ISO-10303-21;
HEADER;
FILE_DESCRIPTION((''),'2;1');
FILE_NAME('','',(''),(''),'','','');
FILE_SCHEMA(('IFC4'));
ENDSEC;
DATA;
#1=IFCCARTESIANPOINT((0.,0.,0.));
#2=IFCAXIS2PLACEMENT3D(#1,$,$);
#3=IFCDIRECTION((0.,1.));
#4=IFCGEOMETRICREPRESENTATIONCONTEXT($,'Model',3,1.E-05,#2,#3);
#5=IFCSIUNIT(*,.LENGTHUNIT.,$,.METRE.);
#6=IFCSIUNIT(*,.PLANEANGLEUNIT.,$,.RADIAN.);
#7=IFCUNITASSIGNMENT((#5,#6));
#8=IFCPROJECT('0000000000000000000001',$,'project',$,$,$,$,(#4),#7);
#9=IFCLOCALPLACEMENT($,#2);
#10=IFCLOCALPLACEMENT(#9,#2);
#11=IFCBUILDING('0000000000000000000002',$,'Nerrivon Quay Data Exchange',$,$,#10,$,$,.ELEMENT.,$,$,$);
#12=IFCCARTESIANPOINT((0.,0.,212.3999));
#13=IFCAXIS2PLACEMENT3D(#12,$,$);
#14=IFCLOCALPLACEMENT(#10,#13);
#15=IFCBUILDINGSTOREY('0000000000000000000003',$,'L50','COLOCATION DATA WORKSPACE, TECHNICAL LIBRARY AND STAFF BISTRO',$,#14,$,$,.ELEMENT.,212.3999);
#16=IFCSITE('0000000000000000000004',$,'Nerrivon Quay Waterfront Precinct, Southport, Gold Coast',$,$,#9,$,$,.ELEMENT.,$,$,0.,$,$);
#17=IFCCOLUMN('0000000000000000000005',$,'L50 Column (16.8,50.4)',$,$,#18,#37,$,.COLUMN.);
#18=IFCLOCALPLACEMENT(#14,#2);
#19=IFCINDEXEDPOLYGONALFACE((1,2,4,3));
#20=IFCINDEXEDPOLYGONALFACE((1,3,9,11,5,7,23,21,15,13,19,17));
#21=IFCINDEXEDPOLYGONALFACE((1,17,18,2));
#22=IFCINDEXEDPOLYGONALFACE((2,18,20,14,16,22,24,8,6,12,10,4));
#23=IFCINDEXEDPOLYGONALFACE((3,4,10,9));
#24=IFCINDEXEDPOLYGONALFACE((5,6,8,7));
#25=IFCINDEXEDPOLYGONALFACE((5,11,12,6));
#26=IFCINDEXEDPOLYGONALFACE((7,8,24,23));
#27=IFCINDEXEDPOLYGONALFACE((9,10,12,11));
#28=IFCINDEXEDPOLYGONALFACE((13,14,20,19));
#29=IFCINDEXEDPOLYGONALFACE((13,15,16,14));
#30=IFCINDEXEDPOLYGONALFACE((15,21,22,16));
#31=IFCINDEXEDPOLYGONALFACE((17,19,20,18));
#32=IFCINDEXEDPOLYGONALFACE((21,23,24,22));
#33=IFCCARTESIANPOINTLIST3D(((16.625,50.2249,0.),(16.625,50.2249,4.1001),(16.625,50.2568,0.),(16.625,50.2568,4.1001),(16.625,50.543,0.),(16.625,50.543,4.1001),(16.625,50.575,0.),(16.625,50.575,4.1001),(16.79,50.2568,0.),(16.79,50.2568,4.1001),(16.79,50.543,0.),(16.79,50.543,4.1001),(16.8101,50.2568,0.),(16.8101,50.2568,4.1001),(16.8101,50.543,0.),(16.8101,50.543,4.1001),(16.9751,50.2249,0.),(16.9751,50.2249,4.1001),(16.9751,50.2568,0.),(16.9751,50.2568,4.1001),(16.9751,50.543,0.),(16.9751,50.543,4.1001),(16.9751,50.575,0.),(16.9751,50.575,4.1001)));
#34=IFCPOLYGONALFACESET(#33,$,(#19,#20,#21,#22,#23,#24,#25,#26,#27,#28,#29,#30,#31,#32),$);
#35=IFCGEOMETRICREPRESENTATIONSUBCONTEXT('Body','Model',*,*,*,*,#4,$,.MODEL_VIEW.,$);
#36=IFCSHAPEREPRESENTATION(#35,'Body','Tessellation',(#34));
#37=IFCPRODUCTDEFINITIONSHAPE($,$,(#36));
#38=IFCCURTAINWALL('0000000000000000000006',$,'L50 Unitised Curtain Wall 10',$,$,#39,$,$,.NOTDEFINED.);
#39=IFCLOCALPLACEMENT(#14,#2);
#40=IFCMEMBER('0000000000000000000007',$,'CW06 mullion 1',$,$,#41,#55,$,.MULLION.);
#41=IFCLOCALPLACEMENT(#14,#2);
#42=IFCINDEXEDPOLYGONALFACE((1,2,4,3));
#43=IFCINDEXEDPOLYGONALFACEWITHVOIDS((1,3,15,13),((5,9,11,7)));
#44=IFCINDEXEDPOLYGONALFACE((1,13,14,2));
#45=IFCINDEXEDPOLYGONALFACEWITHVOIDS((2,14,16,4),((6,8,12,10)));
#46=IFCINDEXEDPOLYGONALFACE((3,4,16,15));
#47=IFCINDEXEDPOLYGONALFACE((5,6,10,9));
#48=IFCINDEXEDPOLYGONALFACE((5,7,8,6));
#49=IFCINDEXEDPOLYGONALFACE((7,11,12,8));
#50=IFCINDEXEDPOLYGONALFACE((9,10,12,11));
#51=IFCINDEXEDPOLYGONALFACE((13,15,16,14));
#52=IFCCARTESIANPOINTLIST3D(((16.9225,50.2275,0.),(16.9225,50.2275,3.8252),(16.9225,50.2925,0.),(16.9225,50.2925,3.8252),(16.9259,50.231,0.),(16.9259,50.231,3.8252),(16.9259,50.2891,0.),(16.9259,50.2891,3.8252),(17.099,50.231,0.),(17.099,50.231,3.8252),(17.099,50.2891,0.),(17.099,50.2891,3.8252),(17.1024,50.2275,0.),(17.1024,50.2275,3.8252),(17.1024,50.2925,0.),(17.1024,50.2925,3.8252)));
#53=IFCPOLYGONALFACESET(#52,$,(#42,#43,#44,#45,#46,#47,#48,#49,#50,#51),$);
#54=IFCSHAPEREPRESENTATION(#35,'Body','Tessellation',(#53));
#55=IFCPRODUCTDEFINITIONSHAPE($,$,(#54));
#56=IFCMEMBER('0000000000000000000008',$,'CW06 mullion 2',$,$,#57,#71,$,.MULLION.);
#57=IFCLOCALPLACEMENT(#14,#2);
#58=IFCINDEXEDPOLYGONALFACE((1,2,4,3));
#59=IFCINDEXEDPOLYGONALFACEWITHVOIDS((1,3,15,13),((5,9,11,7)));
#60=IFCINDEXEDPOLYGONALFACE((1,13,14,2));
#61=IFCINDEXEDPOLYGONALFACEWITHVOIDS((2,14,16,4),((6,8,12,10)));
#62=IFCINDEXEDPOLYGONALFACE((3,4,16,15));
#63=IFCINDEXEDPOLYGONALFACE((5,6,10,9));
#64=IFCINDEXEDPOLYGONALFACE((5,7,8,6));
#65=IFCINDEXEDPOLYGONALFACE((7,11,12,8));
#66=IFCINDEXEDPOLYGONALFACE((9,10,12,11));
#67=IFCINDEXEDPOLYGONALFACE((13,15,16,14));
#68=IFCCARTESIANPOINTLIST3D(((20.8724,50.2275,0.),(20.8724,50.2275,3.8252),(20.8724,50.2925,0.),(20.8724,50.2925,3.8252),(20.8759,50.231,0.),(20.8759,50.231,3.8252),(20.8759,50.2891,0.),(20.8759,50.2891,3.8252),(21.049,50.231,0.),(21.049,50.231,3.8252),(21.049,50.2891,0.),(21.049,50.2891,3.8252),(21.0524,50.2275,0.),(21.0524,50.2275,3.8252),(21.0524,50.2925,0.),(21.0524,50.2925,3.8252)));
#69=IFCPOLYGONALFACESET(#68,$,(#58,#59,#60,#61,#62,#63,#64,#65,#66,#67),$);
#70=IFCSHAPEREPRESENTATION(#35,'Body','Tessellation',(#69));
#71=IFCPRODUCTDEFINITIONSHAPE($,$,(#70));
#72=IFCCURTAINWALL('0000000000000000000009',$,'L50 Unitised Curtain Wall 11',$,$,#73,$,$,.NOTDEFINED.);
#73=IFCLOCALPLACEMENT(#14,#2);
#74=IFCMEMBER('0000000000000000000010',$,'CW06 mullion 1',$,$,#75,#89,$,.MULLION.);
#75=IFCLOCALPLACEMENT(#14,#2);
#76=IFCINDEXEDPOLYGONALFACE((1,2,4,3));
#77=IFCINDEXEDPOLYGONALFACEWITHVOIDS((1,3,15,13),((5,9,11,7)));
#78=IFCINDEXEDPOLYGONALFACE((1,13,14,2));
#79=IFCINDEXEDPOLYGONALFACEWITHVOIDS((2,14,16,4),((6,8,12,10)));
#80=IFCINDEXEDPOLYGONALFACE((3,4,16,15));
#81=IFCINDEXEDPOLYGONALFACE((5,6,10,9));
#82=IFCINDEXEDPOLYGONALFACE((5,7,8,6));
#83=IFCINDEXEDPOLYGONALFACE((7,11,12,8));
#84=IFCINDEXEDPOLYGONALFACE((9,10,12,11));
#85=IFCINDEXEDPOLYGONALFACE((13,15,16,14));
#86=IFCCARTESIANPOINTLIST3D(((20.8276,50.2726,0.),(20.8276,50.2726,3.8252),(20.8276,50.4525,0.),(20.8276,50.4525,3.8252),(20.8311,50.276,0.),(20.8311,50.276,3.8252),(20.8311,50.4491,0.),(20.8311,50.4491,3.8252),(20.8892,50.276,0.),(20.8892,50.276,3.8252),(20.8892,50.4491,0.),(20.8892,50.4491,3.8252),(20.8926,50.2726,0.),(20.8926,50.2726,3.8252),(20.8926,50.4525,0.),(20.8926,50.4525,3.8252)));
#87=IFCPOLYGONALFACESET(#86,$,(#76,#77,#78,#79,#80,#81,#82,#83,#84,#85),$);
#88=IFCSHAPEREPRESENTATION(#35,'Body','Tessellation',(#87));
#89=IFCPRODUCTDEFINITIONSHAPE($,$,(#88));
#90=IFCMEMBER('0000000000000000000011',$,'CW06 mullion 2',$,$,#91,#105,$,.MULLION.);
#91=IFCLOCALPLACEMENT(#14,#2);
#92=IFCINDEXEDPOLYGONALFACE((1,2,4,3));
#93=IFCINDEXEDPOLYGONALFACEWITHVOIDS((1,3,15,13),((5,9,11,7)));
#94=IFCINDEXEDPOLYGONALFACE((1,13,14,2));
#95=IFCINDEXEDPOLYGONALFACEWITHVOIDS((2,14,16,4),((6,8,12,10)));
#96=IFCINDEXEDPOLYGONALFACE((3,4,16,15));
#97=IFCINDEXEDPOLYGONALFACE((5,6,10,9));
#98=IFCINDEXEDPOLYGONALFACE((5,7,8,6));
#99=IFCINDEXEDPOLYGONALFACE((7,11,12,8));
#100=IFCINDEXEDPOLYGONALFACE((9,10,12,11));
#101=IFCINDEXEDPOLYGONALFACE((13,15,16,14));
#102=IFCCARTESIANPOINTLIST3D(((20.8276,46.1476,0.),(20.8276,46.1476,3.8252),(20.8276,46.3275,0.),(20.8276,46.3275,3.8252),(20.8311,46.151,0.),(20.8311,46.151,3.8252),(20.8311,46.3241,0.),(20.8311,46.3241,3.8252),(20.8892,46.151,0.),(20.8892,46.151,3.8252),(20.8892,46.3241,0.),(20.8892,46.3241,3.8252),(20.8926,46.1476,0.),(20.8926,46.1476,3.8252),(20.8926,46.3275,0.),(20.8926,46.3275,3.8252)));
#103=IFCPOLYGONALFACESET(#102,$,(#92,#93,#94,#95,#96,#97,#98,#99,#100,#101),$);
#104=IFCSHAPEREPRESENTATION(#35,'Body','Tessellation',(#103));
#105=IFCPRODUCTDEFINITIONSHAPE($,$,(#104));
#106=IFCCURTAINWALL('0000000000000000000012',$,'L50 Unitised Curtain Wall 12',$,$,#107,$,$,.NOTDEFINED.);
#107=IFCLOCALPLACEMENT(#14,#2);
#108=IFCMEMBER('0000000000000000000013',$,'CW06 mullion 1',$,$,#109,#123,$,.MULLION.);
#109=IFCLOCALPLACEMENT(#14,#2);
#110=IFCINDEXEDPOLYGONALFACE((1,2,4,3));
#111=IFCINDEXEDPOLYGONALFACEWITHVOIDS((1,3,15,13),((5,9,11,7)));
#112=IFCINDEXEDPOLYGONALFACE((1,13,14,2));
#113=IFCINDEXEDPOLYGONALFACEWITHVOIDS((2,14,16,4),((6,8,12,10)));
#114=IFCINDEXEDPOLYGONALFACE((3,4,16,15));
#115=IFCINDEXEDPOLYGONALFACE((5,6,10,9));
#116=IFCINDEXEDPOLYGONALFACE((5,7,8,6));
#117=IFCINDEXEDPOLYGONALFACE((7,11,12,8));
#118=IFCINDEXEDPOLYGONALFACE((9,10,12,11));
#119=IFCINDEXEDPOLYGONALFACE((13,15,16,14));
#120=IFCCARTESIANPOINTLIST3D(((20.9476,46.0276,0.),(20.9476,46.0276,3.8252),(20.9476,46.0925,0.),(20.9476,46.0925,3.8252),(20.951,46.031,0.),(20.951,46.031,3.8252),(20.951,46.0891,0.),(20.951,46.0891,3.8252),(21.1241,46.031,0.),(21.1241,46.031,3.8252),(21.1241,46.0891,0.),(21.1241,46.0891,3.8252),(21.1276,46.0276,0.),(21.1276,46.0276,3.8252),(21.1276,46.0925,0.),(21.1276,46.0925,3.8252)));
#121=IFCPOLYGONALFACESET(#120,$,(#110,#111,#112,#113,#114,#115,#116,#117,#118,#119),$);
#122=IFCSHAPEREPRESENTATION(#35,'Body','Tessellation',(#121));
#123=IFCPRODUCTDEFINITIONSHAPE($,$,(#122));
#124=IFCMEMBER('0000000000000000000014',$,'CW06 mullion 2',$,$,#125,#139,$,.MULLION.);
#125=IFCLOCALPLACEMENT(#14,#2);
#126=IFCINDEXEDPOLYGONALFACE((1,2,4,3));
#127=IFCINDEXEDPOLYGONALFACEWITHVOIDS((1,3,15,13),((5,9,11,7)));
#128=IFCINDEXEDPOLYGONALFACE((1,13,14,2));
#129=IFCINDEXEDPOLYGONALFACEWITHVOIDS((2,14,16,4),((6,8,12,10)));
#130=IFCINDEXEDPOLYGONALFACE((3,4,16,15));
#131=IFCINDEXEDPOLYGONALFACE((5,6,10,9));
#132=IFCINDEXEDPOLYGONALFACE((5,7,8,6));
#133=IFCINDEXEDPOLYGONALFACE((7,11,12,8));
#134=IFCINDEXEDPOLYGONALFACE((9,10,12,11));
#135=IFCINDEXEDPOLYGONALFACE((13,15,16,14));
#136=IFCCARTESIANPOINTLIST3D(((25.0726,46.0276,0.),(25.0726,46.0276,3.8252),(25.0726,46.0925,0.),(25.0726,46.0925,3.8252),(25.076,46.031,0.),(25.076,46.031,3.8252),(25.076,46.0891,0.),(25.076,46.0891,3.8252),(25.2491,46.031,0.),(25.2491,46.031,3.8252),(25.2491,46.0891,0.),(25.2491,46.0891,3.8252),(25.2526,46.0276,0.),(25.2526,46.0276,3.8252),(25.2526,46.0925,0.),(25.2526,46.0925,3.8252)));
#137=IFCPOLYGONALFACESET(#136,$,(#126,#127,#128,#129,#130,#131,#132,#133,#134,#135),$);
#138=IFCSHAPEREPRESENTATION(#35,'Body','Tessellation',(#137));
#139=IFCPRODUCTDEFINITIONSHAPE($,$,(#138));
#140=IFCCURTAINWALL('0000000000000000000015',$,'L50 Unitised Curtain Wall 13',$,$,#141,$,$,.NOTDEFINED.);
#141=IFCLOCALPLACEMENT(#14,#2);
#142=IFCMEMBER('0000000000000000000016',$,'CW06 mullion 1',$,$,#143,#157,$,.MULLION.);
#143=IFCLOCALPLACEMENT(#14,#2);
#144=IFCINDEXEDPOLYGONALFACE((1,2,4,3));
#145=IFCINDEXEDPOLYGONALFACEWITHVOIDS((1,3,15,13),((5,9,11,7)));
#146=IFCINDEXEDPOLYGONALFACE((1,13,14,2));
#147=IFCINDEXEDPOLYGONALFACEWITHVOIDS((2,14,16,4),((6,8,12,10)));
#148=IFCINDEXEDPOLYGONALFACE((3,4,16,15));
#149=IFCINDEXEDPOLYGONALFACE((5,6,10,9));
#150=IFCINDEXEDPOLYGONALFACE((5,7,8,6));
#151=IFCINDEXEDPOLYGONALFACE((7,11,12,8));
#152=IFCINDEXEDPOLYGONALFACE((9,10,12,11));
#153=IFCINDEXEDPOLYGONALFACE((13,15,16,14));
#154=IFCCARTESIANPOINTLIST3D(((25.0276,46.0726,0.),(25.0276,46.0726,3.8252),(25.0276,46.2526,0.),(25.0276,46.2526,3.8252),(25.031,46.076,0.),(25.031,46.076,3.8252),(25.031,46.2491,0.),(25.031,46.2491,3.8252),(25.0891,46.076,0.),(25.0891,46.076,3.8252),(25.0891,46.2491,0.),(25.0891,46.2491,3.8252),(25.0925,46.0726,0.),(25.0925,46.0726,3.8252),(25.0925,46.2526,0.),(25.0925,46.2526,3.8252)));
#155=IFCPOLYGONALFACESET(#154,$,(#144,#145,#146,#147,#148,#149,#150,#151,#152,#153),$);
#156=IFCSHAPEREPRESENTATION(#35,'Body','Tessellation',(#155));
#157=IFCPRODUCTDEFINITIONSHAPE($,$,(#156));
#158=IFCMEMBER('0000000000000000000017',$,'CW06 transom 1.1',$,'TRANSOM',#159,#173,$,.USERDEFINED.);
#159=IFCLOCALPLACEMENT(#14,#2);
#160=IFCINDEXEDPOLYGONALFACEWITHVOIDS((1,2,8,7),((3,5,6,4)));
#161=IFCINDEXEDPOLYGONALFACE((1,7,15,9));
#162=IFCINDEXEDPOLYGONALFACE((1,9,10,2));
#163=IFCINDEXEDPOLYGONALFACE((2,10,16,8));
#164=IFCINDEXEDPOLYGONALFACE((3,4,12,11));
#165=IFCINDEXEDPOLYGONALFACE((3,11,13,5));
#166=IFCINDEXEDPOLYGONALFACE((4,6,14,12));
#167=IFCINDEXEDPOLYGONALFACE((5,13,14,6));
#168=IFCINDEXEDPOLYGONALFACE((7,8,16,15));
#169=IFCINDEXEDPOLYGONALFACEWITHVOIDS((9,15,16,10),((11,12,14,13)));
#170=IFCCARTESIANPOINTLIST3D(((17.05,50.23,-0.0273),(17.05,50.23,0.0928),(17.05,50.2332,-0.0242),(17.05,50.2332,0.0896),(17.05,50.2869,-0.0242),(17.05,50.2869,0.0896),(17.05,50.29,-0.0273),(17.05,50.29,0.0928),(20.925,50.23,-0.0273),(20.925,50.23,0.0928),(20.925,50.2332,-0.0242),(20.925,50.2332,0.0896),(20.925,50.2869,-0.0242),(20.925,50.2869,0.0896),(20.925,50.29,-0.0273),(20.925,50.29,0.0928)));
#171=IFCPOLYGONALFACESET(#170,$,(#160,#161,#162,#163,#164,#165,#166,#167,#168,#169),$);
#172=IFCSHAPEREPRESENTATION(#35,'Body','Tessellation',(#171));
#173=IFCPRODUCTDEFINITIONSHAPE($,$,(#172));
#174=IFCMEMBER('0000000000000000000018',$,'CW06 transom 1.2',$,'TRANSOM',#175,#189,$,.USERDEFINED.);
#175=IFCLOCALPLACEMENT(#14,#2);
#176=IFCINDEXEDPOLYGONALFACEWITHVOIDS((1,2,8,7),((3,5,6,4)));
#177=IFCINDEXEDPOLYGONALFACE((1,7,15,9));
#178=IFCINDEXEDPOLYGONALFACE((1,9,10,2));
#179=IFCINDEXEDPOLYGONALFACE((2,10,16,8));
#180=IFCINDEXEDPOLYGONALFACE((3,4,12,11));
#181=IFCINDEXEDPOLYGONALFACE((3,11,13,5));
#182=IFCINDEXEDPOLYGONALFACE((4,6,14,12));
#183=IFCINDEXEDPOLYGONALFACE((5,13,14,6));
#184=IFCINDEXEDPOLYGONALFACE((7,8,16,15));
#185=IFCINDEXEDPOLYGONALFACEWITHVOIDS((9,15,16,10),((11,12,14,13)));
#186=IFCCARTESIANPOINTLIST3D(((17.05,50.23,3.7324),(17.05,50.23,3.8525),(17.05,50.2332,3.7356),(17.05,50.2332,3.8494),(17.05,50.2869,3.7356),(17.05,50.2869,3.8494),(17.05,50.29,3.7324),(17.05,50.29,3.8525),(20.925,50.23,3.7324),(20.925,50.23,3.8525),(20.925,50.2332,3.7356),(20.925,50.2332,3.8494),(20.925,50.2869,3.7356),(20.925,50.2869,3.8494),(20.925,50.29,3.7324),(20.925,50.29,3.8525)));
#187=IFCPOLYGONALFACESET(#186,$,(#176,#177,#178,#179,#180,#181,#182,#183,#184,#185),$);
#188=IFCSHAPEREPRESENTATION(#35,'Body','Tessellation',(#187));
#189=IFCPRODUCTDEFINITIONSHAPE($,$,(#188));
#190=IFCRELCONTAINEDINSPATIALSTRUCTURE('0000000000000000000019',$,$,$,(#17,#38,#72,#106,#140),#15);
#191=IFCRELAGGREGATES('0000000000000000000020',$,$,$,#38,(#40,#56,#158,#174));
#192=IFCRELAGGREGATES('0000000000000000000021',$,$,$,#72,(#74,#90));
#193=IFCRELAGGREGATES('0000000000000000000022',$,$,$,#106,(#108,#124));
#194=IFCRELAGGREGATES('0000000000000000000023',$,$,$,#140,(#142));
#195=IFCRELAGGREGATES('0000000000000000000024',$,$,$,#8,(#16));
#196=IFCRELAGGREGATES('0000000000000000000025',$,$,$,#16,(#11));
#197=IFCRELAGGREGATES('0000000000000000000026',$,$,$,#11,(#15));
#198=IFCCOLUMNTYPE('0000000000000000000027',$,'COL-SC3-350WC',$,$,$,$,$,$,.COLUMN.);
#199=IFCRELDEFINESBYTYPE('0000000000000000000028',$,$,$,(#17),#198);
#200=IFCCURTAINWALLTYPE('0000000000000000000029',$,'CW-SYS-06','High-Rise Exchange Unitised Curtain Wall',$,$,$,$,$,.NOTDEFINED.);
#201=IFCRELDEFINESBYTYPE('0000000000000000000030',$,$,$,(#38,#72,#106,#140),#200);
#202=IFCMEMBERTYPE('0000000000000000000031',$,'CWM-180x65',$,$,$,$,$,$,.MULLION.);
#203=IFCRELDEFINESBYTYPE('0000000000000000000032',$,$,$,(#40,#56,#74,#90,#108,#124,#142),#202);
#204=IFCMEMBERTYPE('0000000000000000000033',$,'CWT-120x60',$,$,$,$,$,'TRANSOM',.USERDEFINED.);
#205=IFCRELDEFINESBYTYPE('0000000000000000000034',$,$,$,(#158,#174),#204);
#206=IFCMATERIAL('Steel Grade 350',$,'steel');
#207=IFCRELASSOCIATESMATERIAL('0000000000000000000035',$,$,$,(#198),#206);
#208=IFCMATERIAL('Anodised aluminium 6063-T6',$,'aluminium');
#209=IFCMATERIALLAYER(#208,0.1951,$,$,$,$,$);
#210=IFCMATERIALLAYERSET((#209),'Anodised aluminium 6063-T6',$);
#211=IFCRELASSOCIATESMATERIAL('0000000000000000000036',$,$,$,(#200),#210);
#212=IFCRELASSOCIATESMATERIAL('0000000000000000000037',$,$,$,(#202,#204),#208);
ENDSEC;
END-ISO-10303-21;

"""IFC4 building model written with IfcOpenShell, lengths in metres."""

from ifc_helpers import new_model, si_unit, direction, frame, origin, origin_2d, place, context, subcontext, project, spatial, hollow_rectangle, i_section, extrude, material, layer, layer_set, material_profile, profile_set, type_object, element, aggregate, save


model = new_model("IFC4")

# Units and contexts
model_context = context("Model", 3, precision=1e-05, world=origin(), true_north=direction((0.0, 1.0)))
body_context = subcontext(model_context, "Body", "Model", "MODEL_VIEW")
ifc_project = project(units=[si_unit("LENGTHUNIT", "METRE"), si_unit("PLANEANGLEUNIT", "RADIAN")], contexts=[model_context])

# Site, building, storey
site_placement = place(None, origin())
site = spatial("IfcSite", under=ifc_project, at=site_placement, Name="Nerrivon Quay Waterfront Precinct, Southport, Gold Coast", CompositionType="ELEMENT", RefElevation=0.0)
building_placement = place(site_placement, origin())
building = spatial("IfcBuilding", under=site, at=building_placement, Name="Nerrivon Quay Data Exchange", CompositionType="ELEMENT")
storey_placement = place(building_placement, frame((0.0, 0.0, 212.3999)))
storey = spatial("IfcBuildingStorey", under=building, at=storey_placement, Name="L50", Description="COLOCATION DATA WORKSPACE, TECHNICAL LIBRARY AND STAFF BISTRO", CompositionType="ELEMENT", Elevation=212.3999)

# Column
ifc_material_1 = material(Name="Steel Grade 350", Category="steel")
ifc_material_profile_1 = material_profile(ifc_material_1, i_section(OverallWidth=0.3501, OverallDepth=0.3501, WebThickness=0.02, FlangeThickness=0.032, at=origin_2d()), Name="350WC230")
ifc_profile_set_1 = profile_set([ifc_material_profile_1], Name="Steel Grade 350")
column_type = type_object("IfcColumnType", Name="COL-SC3-350WC", PredefinedType="COLUMN", material=ifc_profile_set_1)
column_placement = place(storey_placement, frame((16.8, 50.3999, 0.0), z_axis=(0.0, 0.0, 1.0), x_axis=(1.0, 0.0, 0.0)))
element("IfcColumn", 1, at=column_placement, inside=storey, type_object=column_type, Name="L50 Column (16.8,50.4)", PredefinedType="COLUMN", context=body_context, shape_type="SweptSolid", body=[
    extrude(i_section(OverallWidth=0.3501, OverallDepth=0.3501, WebThickness=0.02, FlangeThickness=0.032, at=origin_2d()), origin(), (0.0, 0.0, 1.0), 4.1001),
])

# Curtain walls, members
ifc_material_2 = material(Name="Anodised aluminium 6063-T6", Category="aluminium")
ifc_layer_1 = layer(ifc_material_2, 0.1951)
ifc_layer_set_1 = layer_set([ifc_layer_1], Name="Anodised aluminium 6063-T6")
curtain_wall_type = type_object("IfcCurtainWallType", Name="CW-SYS-06", Description="High-Rise Exchange Unitised Curtain Wall", PredefinedType="NOTDEFINED", material=ifc_layer_set_1)
curtain_wall_1_placement = place(storey_placement, origin())
curtain_wall_1 = element("IfcCurtainWall", 2, at=curtain_wall_1_placement, inside=storey, type_object=curtain_wall_type, Name="L50 Unitised Curtain Wall 10", PredefinedType="NOTDEFINED")
ifc_material_profile_2 = material_profile(ifc_material_2, hollow_rectangle(XDim=0.0649, YDim=0.1799, WallThickness=0.0034, at=origin_2d()), Name="ALU-MULL-180x65")
ifc_profile_set_2 = profile_set([ifc_material_profile_2], Name="Anodised aluminium 6063-T6")
member_type_1 = type_object("IfcMemberType", Name="CWM-180x65", PredefinedType="MULLION", material=ifc_profile_set_2)
member_1_placement = place(storey_placement, frame((17.0125, 50.26, 0.0), z_axis=(0.0, 0.0, 1.0), x_axis=(0.0, 1.0, 0.0)))
member_1 = element("IfcMember", 3, at=member_1_placement, type_object=member_type_1, Name="CW06 mullion 1", PredefinedType="MULLION", context=body_context, shape_type="SweptSolid", body=[
    extrude(hollow_rectangle(XDim=0.0649, YDim=0.1799, WallThickness=0.0034, at=origin_2d()), origin(), (0.0, 0.0, 1.0), 3.8252),
])
member_2_placement = place(storey_placement, frame((20.9624, 50.26, 0.0), z_axis=(0.0, 0.0, 1.0), x_axis=(0.0, 1.0, 0.0)))
member_2 = element("IfcMember", 4, at=member_2_placement, type_object=member_type_1, Name="CW06 mullion 2", PredefinedType="MULLION", context=body_context, shape_type="SweptSolid", body=[
    extrude(hollow_rectangle(XDim=0.0649, YDim=0.1799, WallThickness=0.0034, at=origin_2d()), origin(), (0.0, 0.0, 1.0), 3.8252),
])
curtain_wall_2_placement = place(storey_placement, origin())
curtain_wall_2 = element("IfcCurtainWall", 5, at=curtain_wall_2_placement, inside=storey, type_object=curtain_wall_type, Name="L50 Unitised Curtain Wall 11", PredefinedType="NOTDEFINED")
member_3_placement = place(storey_placement, frame((20.8601, 50.3625, 0.0), z_axis=(0.0, 0.0, 1.0), x_axis=(1.0, 0.0, 0.0)))
member_3 = element("IfcMember", 6, at=member_3_placement, type_object=member_type_1, Name="CW06 mullion 1", PredefinedType="MULLION", context=body_context, shape_type="SweptSolid", body=[
    extrude(hollow_rectangle(XDim=0.0649, YDim=0.1799, WallThickness=0.0034, at=origin_2d()), origin(), (0.0, 0.0, 1.0), 3.8252),
])
member_4_placement = place(storey_placement, frame((20.8601, 46.2375, 0.0), z_axis=(0.0, 0.0, 1.0), x_axis=(1.0, 0.0, 0.0)))
member_4 = element("IfcMember", 7, at=member_4_placement, type_object=member_type_1, Name="CW06 mullion 2", PredefinedType="MULLION", context=body_context, shape_type="SweptSolid", body=[
    extrude(hollow_rectangle(XDim=0.0649, YDim=0.1799, WallThickness=0.0034, at=origin_2d()), origin(), (0.0, 0.0, 1.0), 3.8252),
])
curtain_wall_3_placement = place(storey_placement, origin())
curtain_wall_3 = element("IfcCurtainWall", 8, at=curtain_wall_3_placement, inside=storey, type_object=curtain_wall_type, Name="L50 Unitised Curtain Wall 12", PredefinedType="NOTDEFINED")
member_5_placement = place(storey_placement, frame((21.0376, 46.0601, 0.0), z_axis=(0.0, 0.0, 1.0), x_axis=(0.0, 1.0, 0.0)))
member_5 = element("IfcMember", 9, at=member_5_placement, type_object=member_type_1, Name="CW06 mullion 1", PredefinedType="MULLION", context=body_context, shape_type="SweptSolid", body=[
    extrude(hollow_rectangle(XDim=0.0649, YDim=0.1799, WallThickness=0.0034, at=origin_2d()), origin(), (0.0, 0.0, 1.0), 3.8252),
])
member_6_placement = place(storey_placement, frame((25.1626, 46.0601, 0.0), z_axis=(0.0, 0.0, 1.0), x_axis=(0.0, 1.0, 0.0)))
member_6 = element("IfcMember", 10, at=member_6_placement, type_object=member_type_1, Name="CW06 mullion 2", PredefinedType="MULLION", context=body_context, shape_type="SweptSolid", body=[
    extrude(hollow_rectangle(XDim=0.0649, YDim=0.1799, WallThickness=0.0034, at=origin_2d()), origin(), (0.0, 0.0, 1.0), 3.8252),
])

# Curtain wall, member
curtain_wall_4_placement = place(storey_placement, origin())
curtain_wall_4 = element("IfcCurtainWall", 11, at=curtain_wall_4_placement, inside=storey, type_object=curtain_wall_type, Name="L50 Unitised Curtain Wall 13", PredefinedType="NOTDEFINED")
member_7_placement = place(storey_placement, frame((25.0601, 46.1626, 0.0), z_axis=(0.0, 0.0, 1.0), x_axis=(1.0, 0.0, 0.0)))
member_7 = element("IfcMember", 12, at=member_7_placement, type_object=member_type_1, Name="CW06 mullion 1", PredefinedType="MULLION", context=body_context, shape_type="SweptSolid", body=[
    extrude(hollow_rectangle(XDim=0.0649, YDim=0.1799, WallThickness=0.0034, at=origin_2d()), origin(), (0.0, 0.0, 1.0), 3.8252),
])

# Members
ifc_material_profile_3 = material_profile(ifc_material_2, hollow_rectangle(XDim=0.0601, YDim=0.1201, WallThickness=0.0032, at=origin_2d()), Name="ALU-TRAN-120x60")
ifc_profile_set_3 = profile_set([ifc_material_profile_3], Name="Anodised aluminium 6063-T6")
member_type_2 = type_object("IfcMemberType", Name="CWT-120x60", ElementType="TRANSOM", PredefinedType="USERDEFINED", material=ifc_profile_set_3)
member_8_placement = place(storey_placement, frame((17.05, 50.26, 0.0327), z_axis=(1.0, 0.0, 0.0), x_axis=(0.0, 1.0, 0.0)))
member_8 = element("IfcMember", 13, at=member_8_placement, type_object=member_type_2, Name="CW06 transom 1.1", ObjectType="TRANSOM", PredefinedType="USERDEFINED", context=body_context, shape_type="SweptSolid", body=[
    extrude(hollow_rectangle(XDim=0.0601, YDim=0.1201, WallThickness=0.0032, at=origin_2d()), origin(), (0.0, 0.0, 1.0), 3.875),
])
member_9_placement = place(storey_placement, frame((17.05, 50.26, 3.7925), z_axis=(1.0, 0.0, 0.0), x_axis=(0.0, 1.0, 0.0)))
member_9 = element("IfcMember", 14, at=member_9_placement, type_object=member_type_2, Name="CW06 transom 1.2", ObjectType="TRANSOM", PredefinedType="USERDEFINED", context=body_context, shape_type="SweptSolid", body=[
    extrude(hollow_rectangle(XDim=0.0601, YDim=0.1201, WallThickness=0.0032, at=origin_2d()), origin(), (0.0, 0.0, 1.0), 3.875),
])

aggregate(curtain_wall_1, [member_1, member_2, member_8, member_9])
aggregate(curtain_wall_2, [member_3, member_4])
aggregate(curtain_wall_3, [member_5, member_6])
aggregate(curtain_wall_4, [member_7])

save(model, "model.ifc")
